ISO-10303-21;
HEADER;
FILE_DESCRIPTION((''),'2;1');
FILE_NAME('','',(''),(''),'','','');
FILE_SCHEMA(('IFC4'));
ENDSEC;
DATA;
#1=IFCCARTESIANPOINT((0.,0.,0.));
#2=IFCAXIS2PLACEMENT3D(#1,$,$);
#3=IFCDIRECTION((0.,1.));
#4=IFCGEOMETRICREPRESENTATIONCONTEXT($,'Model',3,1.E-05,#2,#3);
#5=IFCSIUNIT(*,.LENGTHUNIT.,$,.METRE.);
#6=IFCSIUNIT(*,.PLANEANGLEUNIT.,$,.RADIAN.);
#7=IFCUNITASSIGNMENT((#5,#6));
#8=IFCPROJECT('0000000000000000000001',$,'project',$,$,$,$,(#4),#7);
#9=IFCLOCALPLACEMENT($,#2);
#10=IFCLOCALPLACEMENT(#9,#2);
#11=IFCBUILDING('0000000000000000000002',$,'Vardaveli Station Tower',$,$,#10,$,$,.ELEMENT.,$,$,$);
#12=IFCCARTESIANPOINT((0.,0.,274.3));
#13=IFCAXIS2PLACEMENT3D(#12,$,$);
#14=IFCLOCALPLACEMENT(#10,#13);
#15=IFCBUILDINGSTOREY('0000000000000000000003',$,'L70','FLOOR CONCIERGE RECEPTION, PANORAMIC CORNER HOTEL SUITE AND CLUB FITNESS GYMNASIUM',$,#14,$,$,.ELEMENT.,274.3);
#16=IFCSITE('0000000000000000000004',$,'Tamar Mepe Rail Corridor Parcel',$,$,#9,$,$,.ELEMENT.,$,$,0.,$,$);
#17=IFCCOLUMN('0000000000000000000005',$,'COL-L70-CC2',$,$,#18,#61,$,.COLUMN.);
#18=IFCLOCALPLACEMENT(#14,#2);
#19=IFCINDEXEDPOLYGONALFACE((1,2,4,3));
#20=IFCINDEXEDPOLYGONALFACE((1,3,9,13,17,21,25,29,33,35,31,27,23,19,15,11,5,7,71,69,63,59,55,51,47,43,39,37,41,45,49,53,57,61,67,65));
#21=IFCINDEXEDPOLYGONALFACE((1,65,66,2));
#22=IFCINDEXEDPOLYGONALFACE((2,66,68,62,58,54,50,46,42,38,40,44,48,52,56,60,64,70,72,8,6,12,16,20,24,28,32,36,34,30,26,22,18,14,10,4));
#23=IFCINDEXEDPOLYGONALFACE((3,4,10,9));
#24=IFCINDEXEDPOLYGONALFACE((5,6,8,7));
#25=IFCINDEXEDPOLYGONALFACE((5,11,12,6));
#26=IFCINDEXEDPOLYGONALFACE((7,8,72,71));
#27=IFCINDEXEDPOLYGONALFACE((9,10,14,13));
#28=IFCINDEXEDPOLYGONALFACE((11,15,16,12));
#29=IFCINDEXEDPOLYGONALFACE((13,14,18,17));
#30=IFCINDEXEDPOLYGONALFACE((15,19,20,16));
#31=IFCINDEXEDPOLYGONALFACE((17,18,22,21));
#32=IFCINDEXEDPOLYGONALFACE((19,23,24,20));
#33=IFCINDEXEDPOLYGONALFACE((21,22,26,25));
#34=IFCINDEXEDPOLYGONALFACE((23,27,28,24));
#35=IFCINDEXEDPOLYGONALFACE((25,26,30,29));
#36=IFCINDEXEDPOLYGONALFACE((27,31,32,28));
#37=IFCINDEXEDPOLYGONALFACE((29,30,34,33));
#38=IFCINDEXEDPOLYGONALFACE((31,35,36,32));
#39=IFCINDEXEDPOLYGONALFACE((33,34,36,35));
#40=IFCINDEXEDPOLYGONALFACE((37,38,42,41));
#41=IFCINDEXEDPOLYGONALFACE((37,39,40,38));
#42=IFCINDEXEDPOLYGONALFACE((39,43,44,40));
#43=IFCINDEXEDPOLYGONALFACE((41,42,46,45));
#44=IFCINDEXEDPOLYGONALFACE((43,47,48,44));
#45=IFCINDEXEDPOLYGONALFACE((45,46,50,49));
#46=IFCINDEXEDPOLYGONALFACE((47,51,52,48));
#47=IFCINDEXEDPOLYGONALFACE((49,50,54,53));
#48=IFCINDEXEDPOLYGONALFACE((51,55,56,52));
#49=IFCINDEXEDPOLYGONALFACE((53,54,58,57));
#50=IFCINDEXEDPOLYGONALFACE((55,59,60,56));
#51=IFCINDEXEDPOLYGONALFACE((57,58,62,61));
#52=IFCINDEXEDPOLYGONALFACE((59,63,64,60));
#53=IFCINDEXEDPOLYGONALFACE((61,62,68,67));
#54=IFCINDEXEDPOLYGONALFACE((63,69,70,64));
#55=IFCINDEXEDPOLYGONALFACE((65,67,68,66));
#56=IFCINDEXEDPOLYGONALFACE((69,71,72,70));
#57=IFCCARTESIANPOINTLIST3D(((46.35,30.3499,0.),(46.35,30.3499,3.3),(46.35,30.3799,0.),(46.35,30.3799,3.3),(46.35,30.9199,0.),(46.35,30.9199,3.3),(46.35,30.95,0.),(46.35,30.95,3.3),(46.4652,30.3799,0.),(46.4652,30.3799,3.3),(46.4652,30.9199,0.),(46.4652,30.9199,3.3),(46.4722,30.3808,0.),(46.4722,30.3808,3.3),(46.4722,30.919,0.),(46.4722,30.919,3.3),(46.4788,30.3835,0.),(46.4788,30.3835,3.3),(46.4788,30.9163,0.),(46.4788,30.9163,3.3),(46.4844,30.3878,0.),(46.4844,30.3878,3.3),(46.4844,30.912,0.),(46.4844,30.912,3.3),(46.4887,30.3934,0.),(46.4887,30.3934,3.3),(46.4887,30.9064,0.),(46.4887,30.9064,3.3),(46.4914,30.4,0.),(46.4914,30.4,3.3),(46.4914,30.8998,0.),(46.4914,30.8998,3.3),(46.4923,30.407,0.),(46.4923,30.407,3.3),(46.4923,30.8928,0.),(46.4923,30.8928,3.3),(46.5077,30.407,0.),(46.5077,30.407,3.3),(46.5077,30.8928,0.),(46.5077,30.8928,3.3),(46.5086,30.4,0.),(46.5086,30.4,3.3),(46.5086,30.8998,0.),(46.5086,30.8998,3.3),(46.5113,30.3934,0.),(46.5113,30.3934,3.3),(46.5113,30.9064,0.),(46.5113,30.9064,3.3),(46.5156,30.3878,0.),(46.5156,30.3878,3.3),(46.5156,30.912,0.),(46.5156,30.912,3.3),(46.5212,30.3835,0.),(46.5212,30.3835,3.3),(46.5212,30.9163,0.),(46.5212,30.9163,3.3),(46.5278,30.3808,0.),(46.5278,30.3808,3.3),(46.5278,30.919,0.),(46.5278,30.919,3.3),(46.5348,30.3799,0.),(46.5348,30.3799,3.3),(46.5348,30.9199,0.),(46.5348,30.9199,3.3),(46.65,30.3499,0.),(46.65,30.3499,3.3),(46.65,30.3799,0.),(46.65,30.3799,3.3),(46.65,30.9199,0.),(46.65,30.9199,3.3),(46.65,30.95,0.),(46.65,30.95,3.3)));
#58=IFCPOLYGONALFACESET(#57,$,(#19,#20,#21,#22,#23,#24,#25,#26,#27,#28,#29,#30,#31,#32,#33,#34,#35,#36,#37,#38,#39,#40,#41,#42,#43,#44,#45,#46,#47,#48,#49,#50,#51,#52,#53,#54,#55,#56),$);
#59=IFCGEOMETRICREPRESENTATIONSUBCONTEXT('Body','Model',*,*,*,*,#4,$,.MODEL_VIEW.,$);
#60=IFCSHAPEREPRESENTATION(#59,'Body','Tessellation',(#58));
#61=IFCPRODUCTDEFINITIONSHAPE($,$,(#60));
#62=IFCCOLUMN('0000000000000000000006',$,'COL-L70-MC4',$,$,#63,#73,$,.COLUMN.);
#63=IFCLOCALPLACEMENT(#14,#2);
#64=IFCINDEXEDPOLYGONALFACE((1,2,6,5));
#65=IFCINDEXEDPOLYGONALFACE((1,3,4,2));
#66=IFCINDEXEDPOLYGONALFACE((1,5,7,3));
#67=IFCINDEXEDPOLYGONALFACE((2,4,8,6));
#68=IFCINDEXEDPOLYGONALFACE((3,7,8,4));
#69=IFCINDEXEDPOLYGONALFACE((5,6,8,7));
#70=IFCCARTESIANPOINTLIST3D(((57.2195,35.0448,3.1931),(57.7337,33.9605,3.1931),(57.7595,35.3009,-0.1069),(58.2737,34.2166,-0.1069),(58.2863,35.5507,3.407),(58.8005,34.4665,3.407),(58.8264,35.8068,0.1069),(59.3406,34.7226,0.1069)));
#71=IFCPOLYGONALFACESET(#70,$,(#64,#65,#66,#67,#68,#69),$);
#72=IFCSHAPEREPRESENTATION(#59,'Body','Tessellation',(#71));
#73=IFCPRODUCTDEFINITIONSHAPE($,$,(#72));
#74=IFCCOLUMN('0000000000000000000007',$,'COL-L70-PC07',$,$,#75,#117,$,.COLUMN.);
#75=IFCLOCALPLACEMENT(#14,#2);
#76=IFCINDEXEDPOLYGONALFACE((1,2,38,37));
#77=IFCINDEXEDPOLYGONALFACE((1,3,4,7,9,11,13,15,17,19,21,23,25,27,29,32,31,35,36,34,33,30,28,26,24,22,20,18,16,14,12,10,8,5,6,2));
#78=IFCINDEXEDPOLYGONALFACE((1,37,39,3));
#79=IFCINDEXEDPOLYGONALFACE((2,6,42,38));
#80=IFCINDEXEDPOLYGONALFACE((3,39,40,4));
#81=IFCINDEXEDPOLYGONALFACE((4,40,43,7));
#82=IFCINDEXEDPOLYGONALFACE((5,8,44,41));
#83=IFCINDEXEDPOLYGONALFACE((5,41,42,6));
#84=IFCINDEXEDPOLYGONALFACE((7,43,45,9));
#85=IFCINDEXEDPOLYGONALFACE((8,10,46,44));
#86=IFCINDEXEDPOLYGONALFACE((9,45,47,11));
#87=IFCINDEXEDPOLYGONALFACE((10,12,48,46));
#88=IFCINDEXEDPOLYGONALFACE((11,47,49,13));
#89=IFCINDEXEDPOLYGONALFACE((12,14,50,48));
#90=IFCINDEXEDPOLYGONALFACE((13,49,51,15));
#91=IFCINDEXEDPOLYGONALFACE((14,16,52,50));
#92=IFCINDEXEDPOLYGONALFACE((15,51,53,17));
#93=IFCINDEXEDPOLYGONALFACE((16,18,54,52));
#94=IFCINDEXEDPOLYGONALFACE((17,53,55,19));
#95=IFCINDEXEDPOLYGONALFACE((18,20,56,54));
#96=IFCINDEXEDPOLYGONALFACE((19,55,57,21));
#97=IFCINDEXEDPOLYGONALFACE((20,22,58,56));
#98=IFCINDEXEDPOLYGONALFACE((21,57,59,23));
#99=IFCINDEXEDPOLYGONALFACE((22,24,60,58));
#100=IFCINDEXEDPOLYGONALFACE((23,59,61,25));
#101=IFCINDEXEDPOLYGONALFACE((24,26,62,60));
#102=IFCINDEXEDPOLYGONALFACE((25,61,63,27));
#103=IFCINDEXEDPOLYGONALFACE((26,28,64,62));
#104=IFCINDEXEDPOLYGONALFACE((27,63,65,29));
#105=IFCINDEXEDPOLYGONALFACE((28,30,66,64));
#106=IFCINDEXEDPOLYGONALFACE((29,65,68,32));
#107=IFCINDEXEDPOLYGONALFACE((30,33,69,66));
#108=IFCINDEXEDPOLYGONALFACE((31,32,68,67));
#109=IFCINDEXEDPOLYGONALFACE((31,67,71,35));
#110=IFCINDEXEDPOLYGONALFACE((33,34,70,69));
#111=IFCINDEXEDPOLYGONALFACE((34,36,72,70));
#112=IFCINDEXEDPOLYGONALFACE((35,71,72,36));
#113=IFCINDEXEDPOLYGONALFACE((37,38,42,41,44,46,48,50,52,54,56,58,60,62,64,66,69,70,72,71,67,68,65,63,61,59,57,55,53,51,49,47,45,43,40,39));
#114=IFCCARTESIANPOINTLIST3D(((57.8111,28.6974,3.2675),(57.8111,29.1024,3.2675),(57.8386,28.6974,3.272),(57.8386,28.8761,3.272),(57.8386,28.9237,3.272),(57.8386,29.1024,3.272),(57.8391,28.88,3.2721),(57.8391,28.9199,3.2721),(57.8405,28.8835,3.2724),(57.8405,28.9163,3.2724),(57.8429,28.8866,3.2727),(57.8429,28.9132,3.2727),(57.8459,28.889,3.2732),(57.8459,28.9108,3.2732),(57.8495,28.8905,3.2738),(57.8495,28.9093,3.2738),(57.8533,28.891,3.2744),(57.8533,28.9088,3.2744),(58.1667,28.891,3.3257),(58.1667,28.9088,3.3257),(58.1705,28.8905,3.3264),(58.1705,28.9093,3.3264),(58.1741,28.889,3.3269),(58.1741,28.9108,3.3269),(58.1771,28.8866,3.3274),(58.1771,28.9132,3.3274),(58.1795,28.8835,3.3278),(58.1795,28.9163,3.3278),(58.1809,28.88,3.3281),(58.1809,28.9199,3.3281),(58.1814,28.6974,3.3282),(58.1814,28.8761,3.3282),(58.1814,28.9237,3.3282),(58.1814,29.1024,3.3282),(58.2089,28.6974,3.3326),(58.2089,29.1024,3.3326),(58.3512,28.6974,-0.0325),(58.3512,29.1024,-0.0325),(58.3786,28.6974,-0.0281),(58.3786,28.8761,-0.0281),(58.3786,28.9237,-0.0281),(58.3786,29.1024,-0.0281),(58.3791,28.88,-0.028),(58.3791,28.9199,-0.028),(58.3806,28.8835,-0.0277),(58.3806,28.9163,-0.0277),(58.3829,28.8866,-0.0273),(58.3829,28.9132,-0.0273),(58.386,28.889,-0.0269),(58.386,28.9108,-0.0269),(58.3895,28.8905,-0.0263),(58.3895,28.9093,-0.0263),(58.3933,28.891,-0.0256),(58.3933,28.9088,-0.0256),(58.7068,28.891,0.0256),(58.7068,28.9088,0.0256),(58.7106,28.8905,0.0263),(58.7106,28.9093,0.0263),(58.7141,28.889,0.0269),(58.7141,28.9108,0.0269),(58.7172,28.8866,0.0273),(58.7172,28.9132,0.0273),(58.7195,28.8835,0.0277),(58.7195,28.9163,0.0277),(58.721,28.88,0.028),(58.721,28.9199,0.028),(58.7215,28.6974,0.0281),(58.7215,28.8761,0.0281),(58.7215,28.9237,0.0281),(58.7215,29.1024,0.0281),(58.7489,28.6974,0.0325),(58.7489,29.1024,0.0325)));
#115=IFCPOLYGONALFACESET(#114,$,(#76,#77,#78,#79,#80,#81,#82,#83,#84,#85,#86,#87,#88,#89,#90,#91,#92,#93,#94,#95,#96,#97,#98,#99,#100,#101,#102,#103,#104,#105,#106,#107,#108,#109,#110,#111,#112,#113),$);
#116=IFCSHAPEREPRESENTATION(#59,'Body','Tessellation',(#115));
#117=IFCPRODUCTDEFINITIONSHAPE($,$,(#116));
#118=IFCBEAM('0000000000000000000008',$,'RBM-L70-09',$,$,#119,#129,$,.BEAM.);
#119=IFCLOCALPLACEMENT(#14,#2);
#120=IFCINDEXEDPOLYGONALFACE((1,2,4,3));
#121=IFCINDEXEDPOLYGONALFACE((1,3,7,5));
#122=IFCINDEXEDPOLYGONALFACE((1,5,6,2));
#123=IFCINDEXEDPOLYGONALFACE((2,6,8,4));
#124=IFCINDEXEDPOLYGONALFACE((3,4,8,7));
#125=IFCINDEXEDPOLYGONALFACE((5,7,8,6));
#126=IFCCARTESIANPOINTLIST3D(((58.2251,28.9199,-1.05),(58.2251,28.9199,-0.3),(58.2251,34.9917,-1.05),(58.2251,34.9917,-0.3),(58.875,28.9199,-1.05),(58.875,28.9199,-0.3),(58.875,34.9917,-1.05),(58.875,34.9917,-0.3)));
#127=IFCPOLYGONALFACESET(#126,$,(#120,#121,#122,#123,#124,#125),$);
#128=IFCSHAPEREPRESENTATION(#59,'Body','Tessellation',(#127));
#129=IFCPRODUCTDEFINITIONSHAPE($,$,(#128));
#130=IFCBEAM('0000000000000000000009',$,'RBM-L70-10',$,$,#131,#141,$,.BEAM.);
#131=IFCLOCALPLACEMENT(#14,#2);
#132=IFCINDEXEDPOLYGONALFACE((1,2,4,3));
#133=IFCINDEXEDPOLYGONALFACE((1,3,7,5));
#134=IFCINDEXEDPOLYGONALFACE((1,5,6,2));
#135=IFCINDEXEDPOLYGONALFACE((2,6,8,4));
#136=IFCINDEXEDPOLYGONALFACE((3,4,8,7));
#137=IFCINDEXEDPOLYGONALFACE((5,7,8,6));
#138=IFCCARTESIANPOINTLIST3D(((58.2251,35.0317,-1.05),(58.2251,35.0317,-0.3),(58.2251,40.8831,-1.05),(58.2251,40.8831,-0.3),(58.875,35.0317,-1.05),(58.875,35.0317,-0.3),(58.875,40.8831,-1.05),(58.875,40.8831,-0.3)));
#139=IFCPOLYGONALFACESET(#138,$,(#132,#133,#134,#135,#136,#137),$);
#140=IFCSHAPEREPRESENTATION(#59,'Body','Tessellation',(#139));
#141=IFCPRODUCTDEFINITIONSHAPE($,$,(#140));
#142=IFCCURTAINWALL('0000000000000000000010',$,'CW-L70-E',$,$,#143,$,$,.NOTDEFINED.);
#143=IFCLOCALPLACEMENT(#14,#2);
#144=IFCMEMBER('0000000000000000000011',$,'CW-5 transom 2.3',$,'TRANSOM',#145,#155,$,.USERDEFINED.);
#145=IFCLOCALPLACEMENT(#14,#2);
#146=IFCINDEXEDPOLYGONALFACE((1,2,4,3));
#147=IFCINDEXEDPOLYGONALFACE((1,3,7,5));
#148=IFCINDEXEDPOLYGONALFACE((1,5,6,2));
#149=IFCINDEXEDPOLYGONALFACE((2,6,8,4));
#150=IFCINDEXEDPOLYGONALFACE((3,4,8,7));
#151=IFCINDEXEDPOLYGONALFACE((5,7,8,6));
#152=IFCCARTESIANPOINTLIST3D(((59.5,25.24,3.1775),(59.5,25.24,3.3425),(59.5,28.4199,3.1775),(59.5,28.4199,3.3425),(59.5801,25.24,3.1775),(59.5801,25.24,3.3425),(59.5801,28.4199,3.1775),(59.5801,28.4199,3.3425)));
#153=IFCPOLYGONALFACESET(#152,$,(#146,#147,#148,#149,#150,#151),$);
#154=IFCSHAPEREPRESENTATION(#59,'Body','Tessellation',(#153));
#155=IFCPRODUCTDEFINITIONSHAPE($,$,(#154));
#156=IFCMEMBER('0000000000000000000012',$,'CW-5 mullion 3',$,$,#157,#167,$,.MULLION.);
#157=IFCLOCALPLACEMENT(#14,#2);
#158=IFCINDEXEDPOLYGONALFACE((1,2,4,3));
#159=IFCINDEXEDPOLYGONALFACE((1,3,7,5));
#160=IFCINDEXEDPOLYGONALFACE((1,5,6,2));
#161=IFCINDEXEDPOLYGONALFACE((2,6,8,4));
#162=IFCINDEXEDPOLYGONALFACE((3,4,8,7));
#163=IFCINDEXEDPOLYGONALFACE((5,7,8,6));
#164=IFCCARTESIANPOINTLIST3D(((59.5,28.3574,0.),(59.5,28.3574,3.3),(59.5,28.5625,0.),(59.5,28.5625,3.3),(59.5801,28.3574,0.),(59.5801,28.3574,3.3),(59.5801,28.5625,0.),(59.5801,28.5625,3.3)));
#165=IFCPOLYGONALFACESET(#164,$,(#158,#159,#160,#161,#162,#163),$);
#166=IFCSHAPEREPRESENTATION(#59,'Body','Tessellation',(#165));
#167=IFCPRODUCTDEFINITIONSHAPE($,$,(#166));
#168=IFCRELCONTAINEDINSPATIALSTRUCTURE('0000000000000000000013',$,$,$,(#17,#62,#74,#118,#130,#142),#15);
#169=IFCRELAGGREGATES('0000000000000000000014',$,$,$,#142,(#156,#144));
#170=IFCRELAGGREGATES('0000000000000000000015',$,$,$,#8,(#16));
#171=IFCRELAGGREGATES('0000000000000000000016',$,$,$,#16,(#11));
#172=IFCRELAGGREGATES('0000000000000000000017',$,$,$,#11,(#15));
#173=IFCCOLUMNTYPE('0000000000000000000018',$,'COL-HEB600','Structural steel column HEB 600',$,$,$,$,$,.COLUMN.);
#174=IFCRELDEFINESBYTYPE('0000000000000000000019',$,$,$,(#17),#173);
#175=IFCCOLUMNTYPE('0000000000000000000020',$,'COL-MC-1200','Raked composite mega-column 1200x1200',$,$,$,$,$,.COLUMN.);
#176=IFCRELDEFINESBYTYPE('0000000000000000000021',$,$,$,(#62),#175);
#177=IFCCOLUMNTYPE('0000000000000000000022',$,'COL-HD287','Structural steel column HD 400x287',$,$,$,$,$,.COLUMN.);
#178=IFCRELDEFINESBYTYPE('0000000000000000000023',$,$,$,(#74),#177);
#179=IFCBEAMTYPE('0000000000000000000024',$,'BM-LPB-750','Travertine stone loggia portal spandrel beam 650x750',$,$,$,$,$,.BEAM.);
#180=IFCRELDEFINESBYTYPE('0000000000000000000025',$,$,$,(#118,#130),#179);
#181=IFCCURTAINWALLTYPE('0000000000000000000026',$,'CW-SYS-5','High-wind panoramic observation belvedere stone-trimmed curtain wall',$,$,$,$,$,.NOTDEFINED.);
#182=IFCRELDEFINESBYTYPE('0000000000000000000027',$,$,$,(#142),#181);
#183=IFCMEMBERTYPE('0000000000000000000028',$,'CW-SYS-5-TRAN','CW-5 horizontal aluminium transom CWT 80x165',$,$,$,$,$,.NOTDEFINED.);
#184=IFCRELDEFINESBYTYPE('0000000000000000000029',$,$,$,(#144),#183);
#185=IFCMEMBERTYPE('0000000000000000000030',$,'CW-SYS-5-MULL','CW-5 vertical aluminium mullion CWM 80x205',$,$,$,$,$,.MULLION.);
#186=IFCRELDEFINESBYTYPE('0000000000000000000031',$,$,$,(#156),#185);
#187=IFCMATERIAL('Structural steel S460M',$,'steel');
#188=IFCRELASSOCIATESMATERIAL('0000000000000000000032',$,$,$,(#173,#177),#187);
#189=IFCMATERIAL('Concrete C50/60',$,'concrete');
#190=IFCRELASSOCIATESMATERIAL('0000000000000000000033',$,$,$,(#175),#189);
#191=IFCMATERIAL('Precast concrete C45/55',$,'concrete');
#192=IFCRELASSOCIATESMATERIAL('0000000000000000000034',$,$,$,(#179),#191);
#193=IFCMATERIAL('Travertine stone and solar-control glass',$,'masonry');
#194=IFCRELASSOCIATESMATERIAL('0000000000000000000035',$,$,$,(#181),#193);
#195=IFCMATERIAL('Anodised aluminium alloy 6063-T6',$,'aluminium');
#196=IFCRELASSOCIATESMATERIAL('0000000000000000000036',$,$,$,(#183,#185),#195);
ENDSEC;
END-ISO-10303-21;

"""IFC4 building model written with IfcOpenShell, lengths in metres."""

from ifc_helpers import new_model, si_unit, direction, frame, origin, origin_2d, place, context, subcontext, project, spatial, rectangle, i_section, extrude, source, transform, mapped, material, material_profile, profile_set, type_object, element, aggregate, save


model = new_model("IFC4")

# Units and contexts
model_context = context("Model", 3, precision=1e-05, world=origin(), true_north=direction((0.0, 1.0)))
body_context = subcontext(model_context, "Body", "Model", "MODEL_VIEW")
ifc_project = project(units=[si_unit("LENGTHUNIT", "METRE"), si_unit("PLANEANGLEUNIT", "RADIAN")], contexts=[model_context])

# Site, building, storey
site_placement = place(None, origin())
site = spatial("IfcSite", under=ifc_project, at=site_placement, Name="Tamar Mepe Rail Corridor Parcel", CompositionType="ELEMENT", RefElevation=0.0)
building_placement = place(site_placement, origin())
building = spatial("IfcBuilding", under=site, at=building_placement, Name="Vardaveli Station Tower", CompositionType="ELEMENT")
storey_placement = place(building_placement, frame((0.0, 0.0, 274.3)))
storey = spatial("IfcBuildingStorey", under=building, at=storey_placement, Name="L70", Description="FLOOR CONCIERGE RECEPTION, PANORAMIC CORNER HOTEL SUITE AND CLUB FITNESS GYMNASIUM", CompositionType="ELEMENT", Elevation=274.3)

# Columns
ifc_material_1 = material(Name="Structural steel S460M", Category="steel")
ifc_material_profile_1 = material_profile(ifc_material_1, i_section(OverallWidth=0.3, OverallDepth=0.6001, WebThickness=0.0154, FlangeThickness=0.03, FilletRadius=0.0271, at=origin_2d()), Name="HEB 600")
ifc_profile_set_1 = profile_set([ifc_material_profile_1], Name="Structural steel S460M")
column_type_1 = type_object("IfcColumnType", Name="COL-HEB600", Description="Structural steel column HEB 600", PredefinedType="COLUMN", material=ifc_profile_set_1)
shared_shape_1 = source(origin(), body_context, "Body", "SweptSolid", [
    extrude(i_section(OverallWidth=0.3, OverallDepth=0.6001, WebThickness=0.0154, FlangeThickness=0.03, FilletRadius=0.0271, at=origin_2d()), origin(), (0.0, 0.0, 1.0), 3.3),
])
column_1_placement = place(storey_placement, frame((46.5, 30.6499, 0.0), z_axis=(0.0, 0.0, 1.0), x_axis=(1.0, 0.0, 0.0)))
element("IfcColumn", 1, at=column_1_placement, inside=storey, type_object=column_type_1, Name="COL-L70-CC2", PredefinedType="COLUMN", context=body_context, shape_type="MappedRepresentation", body=[
    mapped(shared_shape_1, transform((0.0, 0.0, 0.0), scale=1.0)),
])
ifc_material_2 = material(Name="Concrete C50/60", Category="concrete")
ifc_material_profile_2 = material_profile(ifc_material_2, rectangle(XDim=1.2, YDim=1.2, at=origin_2d()), Name="MC 1200x1200")
ifc_profile_set_2 = profile_set([ifc_material_profile_2], Name="Concrete C50/60")
column_type_2 = type_object("IfcColumnType", Name="COL-MC-1200", Description="Raked composite mega-column 1200x1200", PredefinedType="COLUMN", material=ifc_profile_set_2)
shared_shape_2 = source(origin(), body_context, "Body", "SweptSolid", [
    extrude(rectangle(XDim=1.2, YDim=1.2, at=origin_2d()), origin(), (0.0, 0.0, 1.0), 3.3538),
])
column_2_placement = place(storey_placement, frame((58.55, 35.0117, 0.0), z_axis=(-0.161026, -0.076364, 0.983991), x_axis=(0.42849, -0.903546, 0.0)))
element("IfcColumn", 2, at=column_2_placement, inside=storey, type_object=column_type_2, Name="COL-L70-MC4", PredefinedType="COLUMN", context=body_context, shape_type="MappedRepresentation", body=[
    mapped(shared_shape_2, transform((0.0, 0.0, 0.0), scale=1.0)),
])
ifc_material_profile_3 = material_profile(ifc_material_1, i_section(OverallWidth=0.405, OverallDepth=0.4031, WebThickness=0.0178, FlangeThickness=0.0278, FilletRadius=0.0149, at=origin_2d()), Name="HD 400x287")
ifc_profile_set_3 = profile_set([ifc_material_profile_3], Name="Structural steel S460M")
column_type_3 = type_object("IfcColumnType", Name="COL-HD287", Description="Structural steel column HD 400x287", PredefinedType="COLUMN", material=ifc_profile_set_3)
shared_shape_3 = source(origin(), body_context, "Body", "SweptSolid", [
    extrude(i_section(OverallWidth=0.405, OverallDepth=0.4031, WebThickness=0.0178, FlangeThickness=0.0278, FilletRadius=0.0149, at=origin_2d()), origin(), (0.0, 0.0, 1.0), 3.344),
])
column_3_placement = place(storey_placement, frame((58.55, 28.8999, 0.0), z_axis=(-0.161498, 0.0, 0.986873), x_axis=(0.0, -1.0, 0.0)))
element("IfcColumn", 3, at=column_3_placement, inside=storey, type_object=column_type_3, Name="COL-L70-PC07", PredefinedType="COLUMN", context=body_context, shape_type="MappedRepresentation", body=[
    mapped(shared_shape_3, transform((0.0, 0.0, 0.0), scale=1.0)),
])

# Beams
ifc_material_3 = material(Name="Precast concrete C45/55", Category="concrete")
ifc_material_profile_4 = material_profile(ifc_material_3, rectangle(XDim=0.6499, YDim=0.75, at=origin_2d()), Name="LPB 650x750")
ifc_profile_set_4 = profile_set([ifc_material_profile_4], Name="Precast concrete C45/55")
beam_type = type_object("IfcBeamType", Name="BM-LPB-750", Description="Travertine stone loggia portal spandrel beam 650x750", PredefinedType="BEAM", material=ifc_profile_set_4)
shared_shape_4 = source(origin(), body_context, "Body", "SweptSolid", [
    extrude(rectangle(XDim=0.6499, YDim=0.75, at=origin_2d()), origin(), (0.0, 0.0, 1.0), 6.0718),
])
beam_1_placement = place(storey_placement, frame((58.55, 28.9199, -0.675), z_axis=(0.0, 1.0, 0.0), x_axis=(-1.0, 0.0, 0.0)))
element("IfcBeam", 4, at=beam_1_placement, inside=storey, type_object=beam_type, Name="RBM-L70-09", PredefinedType="BEAM", context=body_context, shape_type="MappedRepresentation", body=[
    mapped(shared_shape_4, transform((0.0, 0.0, 0.0), scale=1.0)),
])
shared_shape_5 = source(origin(), body_context, "Body", "SweptSolid", [
    extrude(rectangle(XDim=0.6499, YDim=0.75, at=origin_2d()), origin(), (0.0, 0.0, 1.0), 5.8513),
])
beam_2_placement = place(storey_placement, frame((58.55, 35.0317, -0.675), z_axis=(0.0, 1.0, 0.0), x_axis=(-1.0, 0.0, 0.0)))
element("IfcBeam", 5, at=beam_2_placement, inside=storey, type_object=beam_type, Name="RBM-L70-10", PredefinedType="BEAM", context=body_context, shape_type="MappedRepresentation", body=[
    mapped(shared_shape_5, transform((0.0, 0.0, 0.0), scale=1.0)),
])

# Curtain wall, members
ifc_material_4 = material(Name="Travertine stone and solar-control glass", Category="masonry")
curtain_wall_type = type_object("IfcCurtainWallType", Name="CW-SYS-5", Description="High-wind panoramic observation belvedere stone-trimmed curtain wall", PredefinedType="NOTDEFINED", material=ifc_material_4)
curtain_wall_placement = place(storey_placement, origin())
curtain_wall = element("IfcCurtainWall", 6, at=curtain_wall_placement, inside=storey, type_object=curtain_wall_type, Name="CW-L70-E", PredefinedType="NOTDEFINED")
ifc_material_5 = material(Name="Anodised aluminium alloy 6063-T6", Category="aluminium")
ifc_material_profile_5 = material_profile(ifc_material_5, rectangle(XDim=0.0801, YDim=0.165, at=origin_2d()), Name="CWT 80x165")
ifc_profile_set_5 = profile_set([ifc_material_profile_5], Name="Anodised aluminium alloy 6063-T6")
member_type_1 = type_object("IfcMemberType", Name="CW-SYS-5-TRAN", Description="CW-5 horizontal aluminium transom CWT 80x165", PredefinedType="NOTDEFINED", material=ifc_profile_set_5)
shared_shape_6 = source(origin(), body_context, "Body", "SweptSolid", [
    extrude(rectangle(XDim=0.0801, YDim=0.165, at=origin_2d()), origin(), (0.0, 0.0, 1.0), 3.1799),
])
member_1_placement = place(storey_placement, frame((59.54, 25.24, 3.26), z_axis=(0.0, 1.0, 0.0), x_axis=(-1.0, 0.0, 0.0)))
member_1 = element("IfcMember", 7, at=member_1_placement, type_object=member_type_1, Name="CW-5 transom 2.3", ObjectType="TRANSOM", PredefinedType="USERDEFINED", context=body_context, shape_type="MappedRepresentation", body=[
    mapped(shared_shape_6, transform((0.0, 0.0, 0.0), scale=1.0)),
])
ifc_material_profile_6 = material_profile(ifc_material_5, rectangle(XDim=0.0801, YDim=0.2051, at=origin_2d()), Name="CWM 80x205")
ifc_profile_set_6 = profile_set([ifc_material_profile_6], Name="Anodised aluminium alloy 6063-T6")
member_type_2 = type_object("IfcMemberType", Name="CW-SYS-5-MULL", Description="CW-5 vertical aluminium mullion CWM 80x205", PredefinedType="MULLION", material=ifc_profile_set_6)
shared_shape_7 = source(origin(), body_context, "Body", "SweptSolid", [
    extrude(rectangle(XDim=0.0801, YDim=0.2051, at=origin_2d()), origin(), (0.0, 0.0, 1.0), 3.3),
])
member_2_placement = place(storey_placement, frame((59.54, 28.46, 0.0), z_axis=(0.0, 0.0, 1.0), x_axis=(-1.0, 0.0, 0.0)))
member_2 = element("IfcMember", 8, at=member_2_placement, type_object=member_type_2, Name="CW-5 mullion 3", PredefinedType="MULLION", context=body_context, shape_type="MappedRepresentation", body=[
    mapped(shared_shape_7, transform((0.0, 0.0, 0.0), scale=1.0)),
])
aggregate(curtain_wall, [member_2, member_1])

save(model, "model.ifc")
